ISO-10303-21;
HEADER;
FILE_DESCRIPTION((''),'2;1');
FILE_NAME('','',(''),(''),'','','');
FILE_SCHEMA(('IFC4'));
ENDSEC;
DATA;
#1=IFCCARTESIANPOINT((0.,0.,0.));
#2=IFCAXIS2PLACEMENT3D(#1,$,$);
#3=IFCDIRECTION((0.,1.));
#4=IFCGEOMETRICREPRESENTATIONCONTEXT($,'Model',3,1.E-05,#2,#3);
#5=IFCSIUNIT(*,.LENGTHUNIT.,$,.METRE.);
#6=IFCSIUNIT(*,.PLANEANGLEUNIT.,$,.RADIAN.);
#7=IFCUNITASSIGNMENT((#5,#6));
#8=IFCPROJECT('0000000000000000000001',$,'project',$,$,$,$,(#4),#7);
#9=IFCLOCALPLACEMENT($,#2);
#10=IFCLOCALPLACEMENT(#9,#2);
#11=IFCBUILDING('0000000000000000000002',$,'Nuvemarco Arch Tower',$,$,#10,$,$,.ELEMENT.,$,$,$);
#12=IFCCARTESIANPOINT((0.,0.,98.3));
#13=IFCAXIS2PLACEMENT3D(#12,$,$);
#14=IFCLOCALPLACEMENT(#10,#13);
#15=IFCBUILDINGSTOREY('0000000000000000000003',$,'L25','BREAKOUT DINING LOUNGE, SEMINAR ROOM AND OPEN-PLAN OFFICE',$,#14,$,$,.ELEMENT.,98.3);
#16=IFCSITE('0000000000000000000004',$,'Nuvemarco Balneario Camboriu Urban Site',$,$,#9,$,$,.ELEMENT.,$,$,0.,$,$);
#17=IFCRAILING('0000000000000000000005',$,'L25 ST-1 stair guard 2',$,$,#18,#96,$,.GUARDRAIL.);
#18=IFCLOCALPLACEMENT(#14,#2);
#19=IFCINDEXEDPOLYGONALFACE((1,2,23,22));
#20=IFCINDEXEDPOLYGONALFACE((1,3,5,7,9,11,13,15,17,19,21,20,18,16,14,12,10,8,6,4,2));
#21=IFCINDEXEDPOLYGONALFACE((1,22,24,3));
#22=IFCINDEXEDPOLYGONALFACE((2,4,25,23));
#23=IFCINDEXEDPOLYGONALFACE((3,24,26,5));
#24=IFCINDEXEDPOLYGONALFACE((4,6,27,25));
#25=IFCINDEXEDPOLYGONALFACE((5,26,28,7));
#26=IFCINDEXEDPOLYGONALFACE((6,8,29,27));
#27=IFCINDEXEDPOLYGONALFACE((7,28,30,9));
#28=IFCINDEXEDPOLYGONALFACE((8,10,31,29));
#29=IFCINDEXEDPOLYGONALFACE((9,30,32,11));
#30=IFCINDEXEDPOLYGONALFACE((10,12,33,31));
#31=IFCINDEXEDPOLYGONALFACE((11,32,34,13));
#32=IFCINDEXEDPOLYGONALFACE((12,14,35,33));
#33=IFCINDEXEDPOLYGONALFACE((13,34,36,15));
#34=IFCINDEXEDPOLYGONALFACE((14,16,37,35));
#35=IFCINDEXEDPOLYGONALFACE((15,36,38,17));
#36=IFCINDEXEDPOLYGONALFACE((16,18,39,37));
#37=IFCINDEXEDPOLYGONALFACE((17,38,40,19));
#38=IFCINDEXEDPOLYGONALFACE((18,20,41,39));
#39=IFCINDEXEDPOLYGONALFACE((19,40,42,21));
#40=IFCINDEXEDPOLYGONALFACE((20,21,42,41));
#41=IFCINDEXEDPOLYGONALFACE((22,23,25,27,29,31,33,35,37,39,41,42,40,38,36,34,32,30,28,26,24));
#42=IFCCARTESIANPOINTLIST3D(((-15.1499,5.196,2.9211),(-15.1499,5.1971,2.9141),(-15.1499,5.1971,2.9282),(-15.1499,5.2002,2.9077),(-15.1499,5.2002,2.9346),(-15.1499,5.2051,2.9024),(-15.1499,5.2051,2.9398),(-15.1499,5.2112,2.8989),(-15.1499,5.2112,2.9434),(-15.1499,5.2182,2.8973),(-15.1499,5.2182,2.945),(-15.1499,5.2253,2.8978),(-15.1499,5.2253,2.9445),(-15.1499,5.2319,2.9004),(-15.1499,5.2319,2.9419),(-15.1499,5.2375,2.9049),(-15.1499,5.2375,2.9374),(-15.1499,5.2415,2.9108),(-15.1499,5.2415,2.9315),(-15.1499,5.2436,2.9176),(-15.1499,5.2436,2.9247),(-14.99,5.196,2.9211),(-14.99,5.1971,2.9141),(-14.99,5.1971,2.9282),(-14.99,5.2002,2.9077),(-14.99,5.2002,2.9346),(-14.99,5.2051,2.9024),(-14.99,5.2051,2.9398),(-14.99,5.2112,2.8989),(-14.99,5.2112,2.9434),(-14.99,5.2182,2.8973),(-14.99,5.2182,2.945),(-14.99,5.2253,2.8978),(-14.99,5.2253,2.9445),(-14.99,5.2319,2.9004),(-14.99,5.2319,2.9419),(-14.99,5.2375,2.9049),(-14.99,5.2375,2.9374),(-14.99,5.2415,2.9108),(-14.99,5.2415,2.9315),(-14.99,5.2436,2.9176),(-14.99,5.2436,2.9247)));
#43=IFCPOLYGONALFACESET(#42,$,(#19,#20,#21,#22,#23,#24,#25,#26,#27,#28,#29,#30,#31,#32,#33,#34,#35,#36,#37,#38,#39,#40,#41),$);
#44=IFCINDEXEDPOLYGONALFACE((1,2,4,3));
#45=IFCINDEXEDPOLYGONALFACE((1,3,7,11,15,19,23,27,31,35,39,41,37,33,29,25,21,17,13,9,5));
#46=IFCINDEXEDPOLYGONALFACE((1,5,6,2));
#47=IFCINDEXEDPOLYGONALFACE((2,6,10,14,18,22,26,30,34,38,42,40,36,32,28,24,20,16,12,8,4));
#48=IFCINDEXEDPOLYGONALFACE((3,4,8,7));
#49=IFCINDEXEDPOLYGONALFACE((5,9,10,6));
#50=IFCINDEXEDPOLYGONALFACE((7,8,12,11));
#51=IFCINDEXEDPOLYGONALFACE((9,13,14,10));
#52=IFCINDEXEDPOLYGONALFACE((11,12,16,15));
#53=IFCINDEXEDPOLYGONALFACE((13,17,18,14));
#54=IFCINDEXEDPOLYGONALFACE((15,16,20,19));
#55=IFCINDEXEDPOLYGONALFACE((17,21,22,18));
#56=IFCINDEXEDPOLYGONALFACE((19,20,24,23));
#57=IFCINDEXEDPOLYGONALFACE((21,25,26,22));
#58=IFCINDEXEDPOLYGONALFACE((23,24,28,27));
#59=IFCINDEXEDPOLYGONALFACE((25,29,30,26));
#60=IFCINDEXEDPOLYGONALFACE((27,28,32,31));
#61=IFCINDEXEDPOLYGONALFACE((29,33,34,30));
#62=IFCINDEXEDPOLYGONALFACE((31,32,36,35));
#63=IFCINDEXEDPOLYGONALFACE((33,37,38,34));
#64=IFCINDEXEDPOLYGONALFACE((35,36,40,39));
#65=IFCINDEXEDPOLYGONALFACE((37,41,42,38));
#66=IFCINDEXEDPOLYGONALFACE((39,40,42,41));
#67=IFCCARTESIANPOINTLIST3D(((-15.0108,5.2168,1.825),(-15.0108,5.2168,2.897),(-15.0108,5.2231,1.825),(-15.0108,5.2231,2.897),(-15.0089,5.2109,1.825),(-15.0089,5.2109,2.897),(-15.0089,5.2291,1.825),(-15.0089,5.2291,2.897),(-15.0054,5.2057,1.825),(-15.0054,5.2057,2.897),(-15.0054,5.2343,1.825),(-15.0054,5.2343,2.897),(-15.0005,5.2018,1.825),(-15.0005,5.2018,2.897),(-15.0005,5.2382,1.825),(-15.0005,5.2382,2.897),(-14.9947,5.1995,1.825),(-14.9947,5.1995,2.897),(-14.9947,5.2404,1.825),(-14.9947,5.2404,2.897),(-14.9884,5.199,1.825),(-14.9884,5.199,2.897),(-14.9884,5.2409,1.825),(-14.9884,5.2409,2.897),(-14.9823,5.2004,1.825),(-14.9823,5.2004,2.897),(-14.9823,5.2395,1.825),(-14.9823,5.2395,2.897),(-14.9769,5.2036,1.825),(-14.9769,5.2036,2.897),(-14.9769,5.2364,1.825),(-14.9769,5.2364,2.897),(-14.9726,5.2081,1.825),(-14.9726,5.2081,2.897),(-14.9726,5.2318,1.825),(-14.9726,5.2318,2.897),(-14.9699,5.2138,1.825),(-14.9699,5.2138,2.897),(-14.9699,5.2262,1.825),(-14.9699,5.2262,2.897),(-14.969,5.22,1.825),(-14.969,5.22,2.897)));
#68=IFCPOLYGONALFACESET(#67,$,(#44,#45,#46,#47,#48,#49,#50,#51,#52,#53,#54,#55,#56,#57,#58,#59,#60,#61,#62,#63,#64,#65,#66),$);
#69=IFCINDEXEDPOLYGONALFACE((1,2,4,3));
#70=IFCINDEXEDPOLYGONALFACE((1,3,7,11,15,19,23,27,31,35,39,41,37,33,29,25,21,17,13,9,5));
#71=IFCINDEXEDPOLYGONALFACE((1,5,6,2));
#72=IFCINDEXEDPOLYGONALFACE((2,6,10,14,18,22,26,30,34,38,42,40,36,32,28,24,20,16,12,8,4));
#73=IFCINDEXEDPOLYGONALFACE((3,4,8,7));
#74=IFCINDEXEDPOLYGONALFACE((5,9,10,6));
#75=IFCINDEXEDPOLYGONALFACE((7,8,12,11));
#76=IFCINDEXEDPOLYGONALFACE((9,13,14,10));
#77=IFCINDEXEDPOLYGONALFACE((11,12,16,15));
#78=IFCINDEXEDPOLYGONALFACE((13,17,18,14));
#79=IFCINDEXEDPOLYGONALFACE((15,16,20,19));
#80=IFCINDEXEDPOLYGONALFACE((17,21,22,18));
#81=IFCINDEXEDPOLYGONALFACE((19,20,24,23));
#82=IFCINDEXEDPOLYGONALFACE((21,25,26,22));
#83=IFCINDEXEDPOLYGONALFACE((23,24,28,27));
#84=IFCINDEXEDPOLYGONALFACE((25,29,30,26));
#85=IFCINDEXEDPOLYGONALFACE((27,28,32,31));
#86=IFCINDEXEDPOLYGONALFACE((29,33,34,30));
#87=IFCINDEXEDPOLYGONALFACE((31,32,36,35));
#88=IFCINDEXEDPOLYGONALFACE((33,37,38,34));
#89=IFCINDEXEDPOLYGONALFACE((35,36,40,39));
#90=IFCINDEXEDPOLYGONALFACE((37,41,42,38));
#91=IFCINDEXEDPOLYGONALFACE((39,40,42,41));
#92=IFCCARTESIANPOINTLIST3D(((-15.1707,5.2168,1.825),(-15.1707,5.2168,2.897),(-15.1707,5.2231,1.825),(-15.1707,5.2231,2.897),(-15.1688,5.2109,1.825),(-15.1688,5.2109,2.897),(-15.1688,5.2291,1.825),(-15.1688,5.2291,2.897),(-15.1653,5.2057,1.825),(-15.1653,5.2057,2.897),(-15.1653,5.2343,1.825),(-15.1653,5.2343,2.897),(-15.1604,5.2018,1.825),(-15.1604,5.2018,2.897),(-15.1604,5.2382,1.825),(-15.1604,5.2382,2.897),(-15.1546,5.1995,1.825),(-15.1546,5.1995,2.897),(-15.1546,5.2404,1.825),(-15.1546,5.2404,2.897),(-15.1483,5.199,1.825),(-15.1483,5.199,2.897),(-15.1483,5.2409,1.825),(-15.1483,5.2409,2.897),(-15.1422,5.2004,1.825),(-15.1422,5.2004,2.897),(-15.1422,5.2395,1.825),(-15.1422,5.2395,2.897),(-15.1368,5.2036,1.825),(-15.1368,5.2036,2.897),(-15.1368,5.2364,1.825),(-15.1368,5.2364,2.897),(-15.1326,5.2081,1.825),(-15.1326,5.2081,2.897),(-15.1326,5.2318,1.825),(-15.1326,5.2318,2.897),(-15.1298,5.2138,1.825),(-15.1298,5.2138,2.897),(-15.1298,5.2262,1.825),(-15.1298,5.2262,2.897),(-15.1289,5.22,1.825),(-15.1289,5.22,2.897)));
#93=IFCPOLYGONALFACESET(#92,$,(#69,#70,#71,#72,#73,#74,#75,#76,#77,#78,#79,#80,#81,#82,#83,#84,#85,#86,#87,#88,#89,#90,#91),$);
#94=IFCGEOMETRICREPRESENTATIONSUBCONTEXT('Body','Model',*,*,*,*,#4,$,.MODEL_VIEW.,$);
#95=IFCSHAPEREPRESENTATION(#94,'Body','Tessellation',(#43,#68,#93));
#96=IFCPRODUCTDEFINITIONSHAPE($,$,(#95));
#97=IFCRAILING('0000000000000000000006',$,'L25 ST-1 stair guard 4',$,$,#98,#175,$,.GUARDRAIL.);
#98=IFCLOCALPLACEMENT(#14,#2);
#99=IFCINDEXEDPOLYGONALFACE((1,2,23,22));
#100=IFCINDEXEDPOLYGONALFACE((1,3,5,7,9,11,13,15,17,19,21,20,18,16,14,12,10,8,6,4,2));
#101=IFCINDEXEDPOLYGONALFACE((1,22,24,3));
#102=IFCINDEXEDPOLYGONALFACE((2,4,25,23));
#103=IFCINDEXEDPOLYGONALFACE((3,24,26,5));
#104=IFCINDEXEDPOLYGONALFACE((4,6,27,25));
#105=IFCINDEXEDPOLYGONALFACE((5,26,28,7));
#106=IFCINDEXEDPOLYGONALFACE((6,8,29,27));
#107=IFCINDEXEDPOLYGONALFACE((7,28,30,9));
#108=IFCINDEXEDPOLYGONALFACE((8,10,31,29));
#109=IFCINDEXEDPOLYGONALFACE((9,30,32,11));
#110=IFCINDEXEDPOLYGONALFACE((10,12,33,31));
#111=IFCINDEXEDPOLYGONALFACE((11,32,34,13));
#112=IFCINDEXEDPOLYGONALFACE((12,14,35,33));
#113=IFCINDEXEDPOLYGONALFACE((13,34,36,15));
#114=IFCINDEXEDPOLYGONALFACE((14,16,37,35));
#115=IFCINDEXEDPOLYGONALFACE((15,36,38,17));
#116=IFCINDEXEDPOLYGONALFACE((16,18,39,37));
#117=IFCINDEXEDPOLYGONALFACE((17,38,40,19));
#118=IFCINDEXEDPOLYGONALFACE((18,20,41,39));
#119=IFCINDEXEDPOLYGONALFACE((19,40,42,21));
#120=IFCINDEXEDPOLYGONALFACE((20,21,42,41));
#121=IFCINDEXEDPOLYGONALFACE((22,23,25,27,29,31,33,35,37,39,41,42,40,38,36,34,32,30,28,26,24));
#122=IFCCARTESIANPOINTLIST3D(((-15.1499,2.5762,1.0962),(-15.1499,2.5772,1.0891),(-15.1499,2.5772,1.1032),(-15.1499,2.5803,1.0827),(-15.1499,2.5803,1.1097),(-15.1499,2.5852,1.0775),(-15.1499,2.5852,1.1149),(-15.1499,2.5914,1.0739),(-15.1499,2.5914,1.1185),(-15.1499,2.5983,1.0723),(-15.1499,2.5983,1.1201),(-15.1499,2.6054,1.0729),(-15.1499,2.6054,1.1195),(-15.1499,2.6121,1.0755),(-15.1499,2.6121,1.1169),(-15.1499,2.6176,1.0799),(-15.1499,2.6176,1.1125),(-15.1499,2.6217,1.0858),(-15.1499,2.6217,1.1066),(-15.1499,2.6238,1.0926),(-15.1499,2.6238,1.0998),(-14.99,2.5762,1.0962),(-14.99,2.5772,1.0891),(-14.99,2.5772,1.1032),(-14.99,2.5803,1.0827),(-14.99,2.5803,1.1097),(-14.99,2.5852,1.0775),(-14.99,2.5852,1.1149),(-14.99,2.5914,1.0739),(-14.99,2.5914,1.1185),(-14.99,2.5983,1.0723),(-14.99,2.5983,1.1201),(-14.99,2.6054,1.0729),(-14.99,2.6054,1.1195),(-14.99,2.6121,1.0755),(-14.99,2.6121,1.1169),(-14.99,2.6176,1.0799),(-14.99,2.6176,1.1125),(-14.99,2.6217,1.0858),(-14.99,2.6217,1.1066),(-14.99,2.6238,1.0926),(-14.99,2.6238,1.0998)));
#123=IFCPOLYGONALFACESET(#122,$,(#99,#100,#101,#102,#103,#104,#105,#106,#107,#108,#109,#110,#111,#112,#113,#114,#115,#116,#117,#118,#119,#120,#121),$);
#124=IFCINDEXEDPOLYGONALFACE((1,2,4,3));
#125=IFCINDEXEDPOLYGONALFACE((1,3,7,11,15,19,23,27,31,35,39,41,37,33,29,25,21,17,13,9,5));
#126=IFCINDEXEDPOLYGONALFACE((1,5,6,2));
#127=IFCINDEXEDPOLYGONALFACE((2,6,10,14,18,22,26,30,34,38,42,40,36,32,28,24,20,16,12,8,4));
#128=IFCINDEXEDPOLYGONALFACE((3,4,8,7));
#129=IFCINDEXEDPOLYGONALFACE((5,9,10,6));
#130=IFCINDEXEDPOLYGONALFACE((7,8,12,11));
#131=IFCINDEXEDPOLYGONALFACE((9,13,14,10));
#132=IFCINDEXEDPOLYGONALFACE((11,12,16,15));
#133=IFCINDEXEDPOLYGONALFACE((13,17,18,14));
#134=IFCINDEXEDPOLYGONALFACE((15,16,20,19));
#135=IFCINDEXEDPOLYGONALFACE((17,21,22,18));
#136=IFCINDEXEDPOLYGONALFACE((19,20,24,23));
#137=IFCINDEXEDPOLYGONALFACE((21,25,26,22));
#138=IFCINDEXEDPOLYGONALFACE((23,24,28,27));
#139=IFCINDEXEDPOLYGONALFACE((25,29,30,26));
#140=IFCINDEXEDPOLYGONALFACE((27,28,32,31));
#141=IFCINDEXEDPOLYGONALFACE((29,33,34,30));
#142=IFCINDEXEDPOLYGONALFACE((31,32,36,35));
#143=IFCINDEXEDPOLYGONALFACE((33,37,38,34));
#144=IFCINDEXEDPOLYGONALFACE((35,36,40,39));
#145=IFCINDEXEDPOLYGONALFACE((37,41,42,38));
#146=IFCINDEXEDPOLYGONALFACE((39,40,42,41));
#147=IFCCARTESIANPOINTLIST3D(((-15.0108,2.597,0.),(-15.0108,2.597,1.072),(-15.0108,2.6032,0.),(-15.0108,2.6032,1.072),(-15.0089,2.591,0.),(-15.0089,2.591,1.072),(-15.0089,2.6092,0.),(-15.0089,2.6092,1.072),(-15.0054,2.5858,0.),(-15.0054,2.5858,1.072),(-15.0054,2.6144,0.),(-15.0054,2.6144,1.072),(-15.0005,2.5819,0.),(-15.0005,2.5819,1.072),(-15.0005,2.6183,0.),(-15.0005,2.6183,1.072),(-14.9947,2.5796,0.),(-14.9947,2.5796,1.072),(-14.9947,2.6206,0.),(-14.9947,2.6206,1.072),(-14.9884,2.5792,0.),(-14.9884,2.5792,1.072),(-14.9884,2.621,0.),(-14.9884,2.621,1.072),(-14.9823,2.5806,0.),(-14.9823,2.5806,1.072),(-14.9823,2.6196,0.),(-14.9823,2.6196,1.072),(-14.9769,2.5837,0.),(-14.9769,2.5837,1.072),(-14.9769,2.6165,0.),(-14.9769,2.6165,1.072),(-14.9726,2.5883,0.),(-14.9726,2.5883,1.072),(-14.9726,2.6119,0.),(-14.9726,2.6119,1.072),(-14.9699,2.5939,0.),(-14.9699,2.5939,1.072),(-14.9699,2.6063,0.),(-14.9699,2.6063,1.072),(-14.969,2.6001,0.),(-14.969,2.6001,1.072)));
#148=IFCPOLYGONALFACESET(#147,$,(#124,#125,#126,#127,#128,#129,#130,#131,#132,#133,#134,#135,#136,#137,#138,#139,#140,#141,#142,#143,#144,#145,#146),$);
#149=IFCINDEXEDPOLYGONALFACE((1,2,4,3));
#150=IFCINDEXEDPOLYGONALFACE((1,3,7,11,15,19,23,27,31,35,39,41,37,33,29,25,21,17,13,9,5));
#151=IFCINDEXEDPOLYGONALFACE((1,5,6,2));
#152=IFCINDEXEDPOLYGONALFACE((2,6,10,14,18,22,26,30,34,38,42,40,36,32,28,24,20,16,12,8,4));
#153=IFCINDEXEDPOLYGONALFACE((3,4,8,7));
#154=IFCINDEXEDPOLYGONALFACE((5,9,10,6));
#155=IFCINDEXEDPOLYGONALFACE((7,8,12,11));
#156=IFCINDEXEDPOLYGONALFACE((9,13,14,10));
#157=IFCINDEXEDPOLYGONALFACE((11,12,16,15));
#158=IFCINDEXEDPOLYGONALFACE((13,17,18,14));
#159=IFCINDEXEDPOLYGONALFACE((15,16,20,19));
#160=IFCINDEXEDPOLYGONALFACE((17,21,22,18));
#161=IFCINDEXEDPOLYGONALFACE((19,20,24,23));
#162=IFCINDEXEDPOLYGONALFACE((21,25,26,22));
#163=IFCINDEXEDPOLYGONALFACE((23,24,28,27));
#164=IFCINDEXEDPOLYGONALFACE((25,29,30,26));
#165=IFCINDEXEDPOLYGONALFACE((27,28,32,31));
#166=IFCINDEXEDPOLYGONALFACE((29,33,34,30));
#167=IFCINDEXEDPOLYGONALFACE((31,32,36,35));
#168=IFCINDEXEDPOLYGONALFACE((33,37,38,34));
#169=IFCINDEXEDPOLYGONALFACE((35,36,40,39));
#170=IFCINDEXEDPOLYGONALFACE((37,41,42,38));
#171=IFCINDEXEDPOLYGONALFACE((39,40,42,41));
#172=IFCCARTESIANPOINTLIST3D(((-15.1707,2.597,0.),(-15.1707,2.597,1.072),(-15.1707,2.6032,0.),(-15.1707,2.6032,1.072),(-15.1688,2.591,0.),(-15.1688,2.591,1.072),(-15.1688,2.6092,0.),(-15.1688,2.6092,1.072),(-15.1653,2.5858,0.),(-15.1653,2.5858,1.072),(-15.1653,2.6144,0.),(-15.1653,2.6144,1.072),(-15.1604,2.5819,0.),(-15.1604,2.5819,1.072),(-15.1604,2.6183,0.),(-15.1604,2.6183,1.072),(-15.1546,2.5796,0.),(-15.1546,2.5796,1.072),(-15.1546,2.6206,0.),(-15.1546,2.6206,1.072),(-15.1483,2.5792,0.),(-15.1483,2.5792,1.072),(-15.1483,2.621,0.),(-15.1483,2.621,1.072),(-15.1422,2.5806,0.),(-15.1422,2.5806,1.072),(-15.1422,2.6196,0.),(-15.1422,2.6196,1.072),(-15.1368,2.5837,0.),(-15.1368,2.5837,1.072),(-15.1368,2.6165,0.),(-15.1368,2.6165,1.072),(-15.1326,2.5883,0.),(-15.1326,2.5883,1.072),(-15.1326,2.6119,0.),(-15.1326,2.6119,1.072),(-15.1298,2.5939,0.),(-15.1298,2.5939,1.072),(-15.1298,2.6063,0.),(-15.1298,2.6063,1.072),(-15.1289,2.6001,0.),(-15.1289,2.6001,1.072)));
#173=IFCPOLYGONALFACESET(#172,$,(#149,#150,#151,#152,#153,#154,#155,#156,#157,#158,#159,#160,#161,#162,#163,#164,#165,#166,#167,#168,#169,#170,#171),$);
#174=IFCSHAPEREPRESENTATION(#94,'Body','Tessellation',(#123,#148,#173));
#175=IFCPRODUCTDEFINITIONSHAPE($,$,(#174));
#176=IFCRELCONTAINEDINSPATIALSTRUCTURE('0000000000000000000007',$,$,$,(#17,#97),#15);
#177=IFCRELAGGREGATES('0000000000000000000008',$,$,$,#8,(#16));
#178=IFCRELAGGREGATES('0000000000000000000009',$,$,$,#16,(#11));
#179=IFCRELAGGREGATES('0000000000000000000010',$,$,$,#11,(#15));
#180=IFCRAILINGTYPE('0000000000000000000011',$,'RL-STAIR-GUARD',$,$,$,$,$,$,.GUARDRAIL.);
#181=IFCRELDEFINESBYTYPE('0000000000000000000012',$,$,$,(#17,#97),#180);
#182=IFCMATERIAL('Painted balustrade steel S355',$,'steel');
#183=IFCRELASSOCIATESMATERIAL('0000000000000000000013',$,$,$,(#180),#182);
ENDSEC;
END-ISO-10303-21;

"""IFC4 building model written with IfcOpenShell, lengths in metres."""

from ifc_helpers import new_model, si_unit, direction, frame, origin, origin_2d, place, context, subcontext, project, spatial, circle, extrude, material, type_object, element, save


model = new_model("IFC4")

# Units and contexts
model_context = context("Model", 3, precision=1e-05, world=origin(), true_north=direction((0.0, 1.0)))
body_context = subcontext(model_context, "Body", "Model", "MODEL_VIEW")
ifc_project = project(units=[si_unit("LENGTHUNIT", "METRE"), si_unit("PLANEANGLEUNIT", "RADIAN")], contexts=[model_context])

# Site, building, storey
site_placement = place(None, origin())
site = spatial("IfcSite", under=ifc_project, at=site_placement, Name="Nuvemarco Balneario Camboriu Urban Site", CompositionType="ELEMENT", RefElevation=0.0)
building_placement = place(site_placement, origin())
building = spatial("IfcBuilding", under=site, at=building_placement, Name="Nuvemarco Arch Tower", CompositionType="ELEMENT")
storey_placement = place(building_placement, frame((0.0, 0.0, 98.3)))
storey = spatial("IfcBuildingStorey", under=building, at=storey_placement, Name="L25", Description="BREAKOUT DINING LOUNGE, SEMINAR ROOM AND OPEN-PLAN OFFICE", CompositionType="ELEMENT", Elevation=98.3)

# Railings
ifc_material_1 = material(Name="Painted balustrade steel S355", Category="steel")
railing_type_1 = type_object("IfcRailingType", Name="RL-STAIR-GUARD", PredefinedType="GUARDRAIL", material=ifc_material_1)
for number, where, name in (
    (1, (-14.99, 5.22, 1.825), "L25 ST-1 stair guard 2"),
    (2, (-14.99, 2.6001, 0.0), "L25 ST-1 stair guard 4"),
):
    element("IfcRailing", number, at=place(storey_placement, frame(where)), inside=storey, type_object=railing_type_1, Name=name, PredefinedType="GUARDRAIL", context=body_context, shape_type="SweptSolid", body=[
        extrude(circle(Radius=0.0239, at=origin_2d()), frame((0.0, 0.0, 1.0962), z_axis=(-1.0, 0.0, 0.0), x_axis=(0.0, -1.0, 0.0)), (0.0, 0.0, 1.0), 0.1599),
        extrude(circle(Radius=0.021, at=origin_2d()), origin(), (0.0, 0.0, 1.0), 1.072),
        extrude(circle(Radius=0.021, at=origin_2d()), frame((-0.1599, 0.0, 0.0)), (0.0, 0.0, 1.0), 1.072),
    ])

save(model, "model.ifc")
